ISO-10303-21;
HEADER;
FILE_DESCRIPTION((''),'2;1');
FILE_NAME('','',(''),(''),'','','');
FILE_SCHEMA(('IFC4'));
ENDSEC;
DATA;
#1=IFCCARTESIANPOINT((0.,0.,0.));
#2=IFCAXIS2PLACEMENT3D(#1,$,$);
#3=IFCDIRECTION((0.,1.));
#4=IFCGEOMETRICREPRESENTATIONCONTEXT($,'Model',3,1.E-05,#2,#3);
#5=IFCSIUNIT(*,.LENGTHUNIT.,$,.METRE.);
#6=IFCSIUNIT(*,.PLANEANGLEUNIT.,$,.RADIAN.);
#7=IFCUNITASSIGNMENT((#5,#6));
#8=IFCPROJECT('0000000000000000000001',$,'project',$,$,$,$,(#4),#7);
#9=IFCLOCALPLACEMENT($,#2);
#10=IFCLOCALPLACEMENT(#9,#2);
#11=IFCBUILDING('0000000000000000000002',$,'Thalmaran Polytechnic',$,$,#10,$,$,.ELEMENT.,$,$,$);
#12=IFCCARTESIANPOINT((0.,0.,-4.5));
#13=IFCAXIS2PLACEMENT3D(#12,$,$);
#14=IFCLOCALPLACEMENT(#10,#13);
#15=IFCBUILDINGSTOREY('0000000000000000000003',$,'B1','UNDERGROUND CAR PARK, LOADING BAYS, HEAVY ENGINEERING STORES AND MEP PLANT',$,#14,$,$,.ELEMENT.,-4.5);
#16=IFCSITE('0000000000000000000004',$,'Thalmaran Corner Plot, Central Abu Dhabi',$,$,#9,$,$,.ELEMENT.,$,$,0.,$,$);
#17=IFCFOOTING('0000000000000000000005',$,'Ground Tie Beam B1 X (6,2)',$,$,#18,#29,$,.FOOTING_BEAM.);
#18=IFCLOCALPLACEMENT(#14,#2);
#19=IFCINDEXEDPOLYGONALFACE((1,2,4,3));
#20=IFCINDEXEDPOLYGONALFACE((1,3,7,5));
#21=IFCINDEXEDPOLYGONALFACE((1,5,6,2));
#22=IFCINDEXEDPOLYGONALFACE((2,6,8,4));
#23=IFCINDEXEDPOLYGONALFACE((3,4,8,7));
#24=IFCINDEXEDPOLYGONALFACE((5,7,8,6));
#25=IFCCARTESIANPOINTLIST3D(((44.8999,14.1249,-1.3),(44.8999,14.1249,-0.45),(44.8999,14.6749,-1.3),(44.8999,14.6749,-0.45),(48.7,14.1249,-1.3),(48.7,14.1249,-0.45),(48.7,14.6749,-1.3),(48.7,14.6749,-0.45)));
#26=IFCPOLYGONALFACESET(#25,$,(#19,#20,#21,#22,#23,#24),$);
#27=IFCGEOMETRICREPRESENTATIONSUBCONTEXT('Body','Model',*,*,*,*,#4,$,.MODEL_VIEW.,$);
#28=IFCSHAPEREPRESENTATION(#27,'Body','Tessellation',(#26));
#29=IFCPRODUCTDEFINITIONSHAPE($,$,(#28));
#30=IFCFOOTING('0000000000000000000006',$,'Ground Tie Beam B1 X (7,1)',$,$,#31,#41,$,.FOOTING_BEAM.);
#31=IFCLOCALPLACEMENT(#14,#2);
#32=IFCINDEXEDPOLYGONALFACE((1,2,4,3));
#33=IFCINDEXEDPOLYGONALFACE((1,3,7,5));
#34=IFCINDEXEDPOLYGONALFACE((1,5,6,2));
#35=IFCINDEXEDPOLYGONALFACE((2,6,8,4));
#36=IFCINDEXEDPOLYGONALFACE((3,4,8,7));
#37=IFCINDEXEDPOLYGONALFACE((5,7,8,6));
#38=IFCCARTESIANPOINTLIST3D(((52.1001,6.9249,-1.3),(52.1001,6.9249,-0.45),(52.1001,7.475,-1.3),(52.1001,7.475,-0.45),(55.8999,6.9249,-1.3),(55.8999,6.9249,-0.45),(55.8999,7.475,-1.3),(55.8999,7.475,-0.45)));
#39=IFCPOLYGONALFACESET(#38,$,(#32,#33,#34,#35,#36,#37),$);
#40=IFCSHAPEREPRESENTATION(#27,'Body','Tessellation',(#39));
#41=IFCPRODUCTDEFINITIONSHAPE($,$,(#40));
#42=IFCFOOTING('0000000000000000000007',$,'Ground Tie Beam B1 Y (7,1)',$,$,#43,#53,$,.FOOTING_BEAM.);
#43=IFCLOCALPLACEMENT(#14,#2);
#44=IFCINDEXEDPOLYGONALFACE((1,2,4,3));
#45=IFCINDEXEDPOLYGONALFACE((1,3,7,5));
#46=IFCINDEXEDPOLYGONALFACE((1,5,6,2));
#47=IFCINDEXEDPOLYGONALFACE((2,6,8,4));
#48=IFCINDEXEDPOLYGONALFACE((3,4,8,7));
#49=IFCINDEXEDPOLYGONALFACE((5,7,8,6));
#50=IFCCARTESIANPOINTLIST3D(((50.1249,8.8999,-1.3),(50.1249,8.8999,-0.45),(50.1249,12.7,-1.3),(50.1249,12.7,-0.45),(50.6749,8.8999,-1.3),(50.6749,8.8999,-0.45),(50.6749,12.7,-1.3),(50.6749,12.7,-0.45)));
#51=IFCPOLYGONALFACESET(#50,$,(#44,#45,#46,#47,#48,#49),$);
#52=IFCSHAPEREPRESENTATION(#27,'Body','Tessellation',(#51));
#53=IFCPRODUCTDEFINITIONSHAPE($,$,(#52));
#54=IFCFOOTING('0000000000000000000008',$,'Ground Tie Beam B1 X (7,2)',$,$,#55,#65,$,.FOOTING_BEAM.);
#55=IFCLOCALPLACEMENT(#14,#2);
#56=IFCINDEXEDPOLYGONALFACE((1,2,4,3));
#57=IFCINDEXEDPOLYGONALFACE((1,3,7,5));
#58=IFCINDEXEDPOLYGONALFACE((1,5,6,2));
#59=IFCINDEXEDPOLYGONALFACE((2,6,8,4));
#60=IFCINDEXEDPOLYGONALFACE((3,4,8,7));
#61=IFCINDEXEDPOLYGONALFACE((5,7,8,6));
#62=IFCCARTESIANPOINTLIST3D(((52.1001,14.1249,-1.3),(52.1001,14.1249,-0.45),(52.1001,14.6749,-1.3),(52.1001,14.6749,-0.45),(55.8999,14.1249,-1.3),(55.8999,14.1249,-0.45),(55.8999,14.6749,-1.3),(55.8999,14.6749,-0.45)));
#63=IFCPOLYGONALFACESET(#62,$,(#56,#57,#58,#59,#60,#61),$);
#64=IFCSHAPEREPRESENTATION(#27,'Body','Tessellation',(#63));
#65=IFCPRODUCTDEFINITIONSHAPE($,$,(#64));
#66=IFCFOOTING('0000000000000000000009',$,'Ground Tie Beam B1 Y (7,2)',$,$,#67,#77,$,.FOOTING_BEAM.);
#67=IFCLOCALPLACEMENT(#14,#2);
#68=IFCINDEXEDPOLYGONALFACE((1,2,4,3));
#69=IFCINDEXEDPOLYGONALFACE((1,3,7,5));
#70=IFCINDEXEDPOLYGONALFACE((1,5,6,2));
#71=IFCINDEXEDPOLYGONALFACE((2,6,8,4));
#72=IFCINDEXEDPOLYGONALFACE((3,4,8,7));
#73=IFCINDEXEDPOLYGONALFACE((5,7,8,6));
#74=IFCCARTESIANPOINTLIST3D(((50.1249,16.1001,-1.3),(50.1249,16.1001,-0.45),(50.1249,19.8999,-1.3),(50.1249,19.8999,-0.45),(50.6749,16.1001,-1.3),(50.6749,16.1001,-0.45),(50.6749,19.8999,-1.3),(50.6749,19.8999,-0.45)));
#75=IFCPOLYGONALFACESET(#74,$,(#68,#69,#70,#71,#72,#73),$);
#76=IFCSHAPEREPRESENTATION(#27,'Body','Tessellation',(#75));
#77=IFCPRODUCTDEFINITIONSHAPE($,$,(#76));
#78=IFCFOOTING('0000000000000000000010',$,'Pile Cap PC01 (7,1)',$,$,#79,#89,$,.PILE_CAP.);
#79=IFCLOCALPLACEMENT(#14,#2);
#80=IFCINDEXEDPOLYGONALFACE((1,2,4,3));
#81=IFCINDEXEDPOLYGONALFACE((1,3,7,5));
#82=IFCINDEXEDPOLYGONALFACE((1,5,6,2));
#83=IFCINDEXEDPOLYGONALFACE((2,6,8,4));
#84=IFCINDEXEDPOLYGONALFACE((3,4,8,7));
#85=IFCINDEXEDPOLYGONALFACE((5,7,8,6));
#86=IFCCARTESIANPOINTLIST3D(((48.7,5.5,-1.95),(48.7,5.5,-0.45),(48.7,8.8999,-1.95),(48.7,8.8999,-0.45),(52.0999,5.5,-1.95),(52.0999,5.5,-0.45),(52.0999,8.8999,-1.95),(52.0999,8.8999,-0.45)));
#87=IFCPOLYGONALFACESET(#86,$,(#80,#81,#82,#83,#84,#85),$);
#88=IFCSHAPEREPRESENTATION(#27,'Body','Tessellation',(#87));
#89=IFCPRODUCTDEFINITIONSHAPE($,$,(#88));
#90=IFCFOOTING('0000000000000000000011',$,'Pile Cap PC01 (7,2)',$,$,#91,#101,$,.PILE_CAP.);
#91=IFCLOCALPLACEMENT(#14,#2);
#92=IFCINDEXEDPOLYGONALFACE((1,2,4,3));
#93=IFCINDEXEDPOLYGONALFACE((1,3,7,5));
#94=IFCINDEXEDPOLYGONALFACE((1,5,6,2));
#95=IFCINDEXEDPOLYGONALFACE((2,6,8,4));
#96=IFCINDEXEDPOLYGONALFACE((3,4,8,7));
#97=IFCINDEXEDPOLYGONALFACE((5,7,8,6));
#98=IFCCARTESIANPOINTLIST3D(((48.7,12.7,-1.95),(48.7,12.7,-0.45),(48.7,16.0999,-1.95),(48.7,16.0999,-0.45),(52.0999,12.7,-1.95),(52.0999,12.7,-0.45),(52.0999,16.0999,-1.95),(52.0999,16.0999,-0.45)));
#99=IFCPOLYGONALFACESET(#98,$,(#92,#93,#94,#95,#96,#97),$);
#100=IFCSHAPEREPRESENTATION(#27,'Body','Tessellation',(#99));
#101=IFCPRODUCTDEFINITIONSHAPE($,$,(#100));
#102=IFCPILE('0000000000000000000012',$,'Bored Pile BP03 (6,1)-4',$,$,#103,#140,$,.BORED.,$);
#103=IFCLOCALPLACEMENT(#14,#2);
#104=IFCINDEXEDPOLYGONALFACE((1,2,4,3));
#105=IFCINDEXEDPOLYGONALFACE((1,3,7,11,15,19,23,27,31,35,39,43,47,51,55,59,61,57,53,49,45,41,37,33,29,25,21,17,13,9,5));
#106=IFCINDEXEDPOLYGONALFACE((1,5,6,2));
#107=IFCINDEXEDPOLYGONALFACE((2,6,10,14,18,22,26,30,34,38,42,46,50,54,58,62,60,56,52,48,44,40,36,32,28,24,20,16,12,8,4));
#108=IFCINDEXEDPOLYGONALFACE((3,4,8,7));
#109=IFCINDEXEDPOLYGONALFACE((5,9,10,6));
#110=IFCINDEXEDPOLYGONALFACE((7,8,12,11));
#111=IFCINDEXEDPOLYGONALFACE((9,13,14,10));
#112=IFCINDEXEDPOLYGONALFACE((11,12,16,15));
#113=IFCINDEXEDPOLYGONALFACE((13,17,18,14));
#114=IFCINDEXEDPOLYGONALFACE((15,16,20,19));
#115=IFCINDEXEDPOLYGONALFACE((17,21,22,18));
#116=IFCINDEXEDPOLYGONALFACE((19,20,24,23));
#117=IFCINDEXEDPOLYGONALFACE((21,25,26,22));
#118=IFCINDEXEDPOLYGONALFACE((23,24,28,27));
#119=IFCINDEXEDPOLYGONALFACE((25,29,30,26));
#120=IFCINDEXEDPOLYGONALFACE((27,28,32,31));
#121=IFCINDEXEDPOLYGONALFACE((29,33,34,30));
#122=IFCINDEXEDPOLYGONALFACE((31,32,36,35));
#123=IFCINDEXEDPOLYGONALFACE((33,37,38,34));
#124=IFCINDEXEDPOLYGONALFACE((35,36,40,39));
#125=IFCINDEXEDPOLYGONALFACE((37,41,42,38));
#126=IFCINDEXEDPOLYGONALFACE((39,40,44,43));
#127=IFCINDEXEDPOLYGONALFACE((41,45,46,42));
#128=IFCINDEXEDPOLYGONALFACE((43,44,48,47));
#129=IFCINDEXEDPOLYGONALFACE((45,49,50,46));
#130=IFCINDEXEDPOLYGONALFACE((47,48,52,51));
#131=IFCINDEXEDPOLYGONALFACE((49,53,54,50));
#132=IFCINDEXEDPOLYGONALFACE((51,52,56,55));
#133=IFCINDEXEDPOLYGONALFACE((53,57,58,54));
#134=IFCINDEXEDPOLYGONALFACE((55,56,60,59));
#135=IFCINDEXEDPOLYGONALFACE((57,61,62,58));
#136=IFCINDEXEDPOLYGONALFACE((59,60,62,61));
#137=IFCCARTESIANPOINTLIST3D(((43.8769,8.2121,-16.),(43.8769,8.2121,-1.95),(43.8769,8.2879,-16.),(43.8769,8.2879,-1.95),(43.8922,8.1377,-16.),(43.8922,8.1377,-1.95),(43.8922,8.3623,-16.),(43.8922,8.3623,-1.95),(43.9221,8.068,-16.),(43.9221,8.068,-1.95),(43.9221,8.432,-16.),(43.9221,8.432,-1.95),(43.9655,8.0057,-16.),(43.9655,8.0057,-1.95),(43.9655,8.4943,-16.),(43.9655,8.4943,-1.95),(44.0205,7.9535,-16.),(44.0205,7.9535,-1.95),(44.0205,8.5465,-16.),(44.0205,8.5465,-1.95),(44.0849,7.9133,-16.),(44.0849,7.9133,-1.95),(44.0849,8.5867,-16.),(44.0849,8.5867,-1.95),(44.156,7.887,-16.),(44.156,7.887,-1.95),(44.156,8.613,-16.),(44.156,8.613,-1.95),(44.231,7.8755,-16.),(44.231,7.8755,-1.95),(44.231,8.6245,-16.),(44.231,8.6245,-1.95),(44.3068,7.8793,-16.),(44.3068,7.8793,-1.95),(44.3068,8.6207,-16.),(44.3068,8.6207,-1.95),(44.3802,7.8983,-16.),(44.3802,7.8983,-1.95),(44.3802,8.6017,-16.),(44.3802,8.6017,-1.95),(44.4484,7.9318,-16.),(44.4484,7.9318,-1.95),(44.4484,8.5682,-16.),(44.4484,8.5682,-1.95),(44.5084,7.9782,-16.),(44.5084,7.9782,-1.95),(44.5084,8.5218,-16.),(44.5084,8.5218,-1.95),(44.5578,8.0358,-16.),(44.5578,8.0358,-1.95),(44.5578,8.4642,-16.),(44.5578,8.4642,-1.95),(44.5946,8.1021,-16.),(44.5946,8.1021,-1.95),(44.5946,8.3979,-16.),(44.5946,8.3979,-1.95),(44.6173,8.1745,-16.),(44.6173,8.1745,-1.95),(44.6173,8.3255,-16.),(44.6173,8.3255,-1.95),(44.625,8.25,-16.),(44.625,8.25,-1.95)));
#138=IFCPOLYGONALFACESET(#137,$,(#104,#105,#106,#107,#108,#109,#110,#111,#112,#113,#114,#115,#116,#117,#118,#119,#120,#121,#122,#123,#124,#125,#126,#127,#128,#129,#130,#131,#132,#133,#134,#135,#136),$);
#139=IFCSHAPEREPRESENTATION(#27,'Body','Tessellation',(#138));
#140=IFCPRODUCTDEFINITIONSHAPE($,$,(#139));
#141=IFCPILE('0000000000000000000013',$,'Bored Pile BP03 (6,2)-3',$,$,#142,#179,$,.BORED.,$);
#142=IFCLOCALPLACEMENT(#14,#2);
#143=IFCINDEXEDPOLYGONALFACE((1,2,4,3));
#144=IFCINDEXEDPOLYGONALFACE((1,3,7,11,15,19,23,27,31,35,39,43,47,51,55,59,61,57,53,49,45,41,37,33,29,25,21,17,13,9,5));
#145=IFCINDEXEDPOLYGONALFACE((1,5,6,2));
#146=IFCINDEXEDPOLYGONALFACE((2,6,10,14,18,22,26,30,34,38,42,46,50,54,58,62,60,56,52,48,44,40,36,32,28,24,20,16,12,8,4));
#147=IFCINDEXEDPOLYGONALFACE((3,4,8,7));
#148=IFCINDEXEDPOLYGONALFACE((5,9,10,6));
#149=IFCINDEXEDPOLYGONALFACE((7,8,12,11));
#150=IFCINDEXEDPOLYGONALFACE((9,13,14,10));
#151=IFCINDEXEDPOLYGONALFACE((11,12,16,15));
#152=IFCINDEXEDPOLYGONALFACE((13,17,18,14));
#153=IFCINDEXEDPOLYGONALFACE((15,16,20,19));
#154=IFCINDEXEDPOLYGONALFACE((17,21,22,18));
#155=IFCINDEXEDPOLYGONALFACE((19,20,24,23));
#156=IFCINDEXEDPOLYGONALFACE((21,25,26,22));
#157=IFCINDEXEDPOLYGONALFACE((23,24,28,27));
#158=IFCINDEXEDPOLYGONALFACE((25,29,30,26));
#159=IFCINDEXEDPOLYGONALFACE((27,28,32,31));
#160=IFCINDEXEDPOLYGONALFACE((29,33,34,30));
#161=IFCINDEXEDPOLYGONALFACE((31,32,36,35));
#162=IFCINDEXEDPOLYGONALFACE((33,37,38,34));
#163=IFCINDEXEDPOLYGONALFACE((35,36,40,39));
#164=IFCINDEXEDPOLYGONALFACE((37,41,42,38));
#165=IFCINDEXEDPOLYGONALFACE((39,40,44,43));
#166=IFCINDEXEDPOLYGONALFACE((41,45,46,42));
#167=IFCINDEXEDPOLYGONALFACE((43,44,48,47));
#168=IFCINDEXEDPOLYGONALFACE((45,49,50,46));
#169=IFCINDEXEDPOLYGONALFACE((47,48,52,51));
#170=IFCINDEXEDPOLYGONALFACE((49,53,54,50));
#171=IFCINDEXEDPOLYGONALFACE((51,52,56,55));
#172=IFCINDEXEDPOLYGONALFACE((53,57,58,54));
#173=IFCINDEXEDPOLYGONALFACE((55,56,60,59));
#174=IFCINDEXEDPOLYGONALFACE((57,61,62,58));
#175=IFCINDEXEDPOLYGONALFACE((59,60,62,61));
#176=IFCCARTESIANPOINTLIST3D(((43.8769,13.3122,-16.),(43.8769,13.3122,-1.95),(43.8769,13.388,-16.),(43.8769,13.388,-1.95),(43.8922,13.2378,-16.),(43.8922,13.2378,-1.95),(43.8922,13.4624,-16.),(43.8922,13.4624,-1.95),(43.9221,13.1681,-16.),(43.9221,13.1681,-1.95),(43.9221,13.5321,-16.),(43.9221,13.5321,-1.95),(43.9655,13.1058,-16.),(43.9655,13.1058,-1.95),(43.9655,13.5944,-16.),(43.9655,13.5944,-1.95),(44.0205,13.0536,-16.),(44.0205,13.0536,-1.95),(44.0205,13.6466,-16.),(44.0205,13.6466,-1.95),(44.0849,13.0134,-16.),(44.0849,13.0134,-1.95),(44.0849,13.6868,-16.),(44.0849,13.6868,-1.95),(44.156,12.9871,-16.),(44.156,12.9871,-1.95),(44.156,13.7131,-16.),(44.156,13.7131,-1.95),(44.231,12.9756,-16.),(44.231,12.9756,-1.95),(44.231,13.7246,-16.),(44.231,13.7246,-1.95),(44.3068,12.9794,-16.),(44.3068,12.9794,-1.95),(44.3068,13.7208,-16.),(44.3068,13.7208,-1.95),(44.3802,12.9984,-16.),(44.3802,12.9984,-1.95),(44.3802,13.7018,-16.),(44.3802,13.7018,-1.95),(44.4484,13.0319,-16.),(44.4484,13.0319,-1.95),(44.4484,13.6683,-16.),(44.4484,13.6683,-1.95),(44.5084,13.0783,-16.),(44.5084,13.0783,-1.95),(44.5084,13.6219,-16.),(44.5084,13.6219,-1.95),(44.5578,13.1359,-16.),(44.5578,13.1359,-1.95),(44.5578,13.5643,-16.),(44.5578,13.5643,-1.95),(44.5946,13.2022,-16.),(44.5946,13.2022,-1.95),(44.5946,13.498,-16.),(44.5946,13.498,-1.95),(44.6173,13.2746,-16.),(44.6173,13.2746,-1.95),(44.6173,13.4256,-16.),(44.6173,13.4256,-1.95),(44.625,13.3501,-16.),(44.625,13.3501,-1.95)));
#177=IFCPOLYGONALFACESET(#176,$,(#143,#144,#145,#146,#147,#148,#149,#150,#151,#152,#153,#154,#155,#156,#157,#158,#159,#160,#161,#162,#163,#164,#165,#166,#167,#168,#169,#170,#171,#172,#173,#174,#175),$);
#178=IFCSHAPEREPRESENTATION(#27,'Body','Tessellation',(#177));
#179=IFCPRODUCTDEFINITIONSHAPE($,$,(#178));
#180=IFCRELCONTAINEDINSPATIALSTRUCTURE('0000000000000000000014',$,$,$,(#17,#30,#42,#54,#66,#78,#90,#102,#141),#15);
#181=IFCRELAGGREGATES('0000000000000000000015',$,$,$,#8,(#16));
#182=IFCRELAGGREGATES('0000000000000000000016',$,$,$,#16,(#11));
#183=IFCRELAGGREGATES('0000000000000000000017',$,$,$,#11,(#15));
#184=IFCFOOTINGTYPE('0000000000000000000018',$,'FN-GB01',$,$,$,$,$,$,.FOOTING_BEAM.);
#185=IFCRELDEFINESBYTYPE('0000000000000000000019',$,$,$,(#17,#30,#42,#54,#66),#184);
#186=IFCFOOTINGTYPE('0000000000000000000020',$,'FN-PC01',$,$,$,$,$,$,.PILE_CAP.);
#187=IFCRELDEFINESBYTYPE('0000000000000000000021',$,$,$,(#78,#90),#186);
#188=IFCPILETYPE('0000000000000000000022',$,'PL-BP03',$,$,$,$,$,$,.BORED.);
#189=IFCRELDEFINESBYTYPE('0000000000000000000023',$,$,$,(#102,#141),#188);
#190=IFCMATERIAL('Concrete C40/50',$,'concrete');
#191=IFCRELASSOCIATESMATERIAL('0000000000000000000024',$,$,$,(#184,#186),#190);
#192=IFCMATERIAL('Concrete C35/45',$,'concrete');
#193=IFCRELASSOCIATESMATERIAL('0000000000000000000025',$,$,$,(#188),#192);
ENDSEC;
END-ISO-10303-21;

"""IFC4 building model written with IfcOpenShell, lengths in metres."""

from ifc_helpers import new_model, si_unit, direction, frame, origin, origin_2d, place, context, subcontext, project, spatial, rectangle, circle, extrude, material, material_profile, profile_set, type_object, element, save


model = new_model("IFC4")

# Units and contexts
model_context = context("Model", 3, precision=1e-05, world=origin(), true_north=direction((0.0, 1.0)))
body_context = subcontext(model_context, "Body", "Model", "MODEL_VIEW")
ifc_project = project(units=[si_unit("LENGTHUNIT", "METRE"), si_unit("PLANEANGLEUNIT", "RADIAN")], contexts=[model_context])

# Site, building, storey
site_placement = place(None, origin())
site = spatial("IfcSite", under=ifc_project, at=site_placement, Name="Thalmaran Corner Plot, Central Abu Dhabi", CompositionType="ELEMENT", RefElevation=0.0)
building_placement = place(site_placement, origin())
building = spatial("IfcBuilding", under=site, at=building_placement, Name="Thalmaran Polytechnic", CompositionType="ELEMENT")
storey_placement = place(building_placement, frame((0.0, 0.0, -4.5)))
storey = spatial("IfcBuildingStorey", under=building, at=storey_placement, Name="B1", Description="UNDERGROUND CAR PARK, LOADING BAYS, HEAVY ENGINEERING STORES AND MEP PLANT", CompositionType="ELEMENT", Elevation=-4.5)

# Footings
ifc_material_1 = material(Name="Concrete C40/50", Category="concrete")
ifc_material_profile_1 = material_profile(ifc_material_1, rectangle(XDim=0.55, YDim=0.8501, at=origin_2d()), Name="RC 550x850")
ifc_profile_set_1 = profile_set([ifc_material_profile_1], Name="Concrete C40/50")
footing_type_1 = type_object("IfcFootingType", Name="FN-GB01", PredefinedType="FOOTING_BEAM", material=ifc_profile_set_1)
footing_1_placement = place(storey_placement, frame((44.8999, 14.3999, -0.875), z_axis=(1.0, 0.0, 0.0), x_axis=(0.0, 1.0, 0.0)))
element("IfcFooting", 1, at=footing_1_placement, inside=storey, type_object=footing_type_1, Name="Ground Tie Beam B1 X (6,2)", PredefinedType="FOOTING_BEAM", context=body_context, shape_type="SweptSolid", body=[
    extrude(rectangle(XDim=0.55, YDim=0.8501, at=origin_2d()), origin(), (0.0, 0.0, 1.0), 3.8),
])
footing_2_placement = place(storey_placement, frame((52.1001, 7.2, -0.875), z_axis=(1.0, 0.0, 0.0), x_axis=(0.0, 1.0, 0.0)))
element("IfcFooting", 2, at=footing_2_placement, inside=storey, type_object=footing_type_1, Name="Ground Tie Beam B1 X (7,1)", PredefinedType="FOOTING_BEAM", context=body_context, shape_type="SweptSolid", body=[
    extrude(rectangle(XDim=0.55, YDim=0.8501, at=origin_2d()), origin(), (0.0, 0.0, 1.0), 3.7998),
])
footing_3_placement = place(storey_placement, frame((50.3999, 8.8999, -0.875), z_axis=(0.0, 1.0, 0.0), x_axis=(-1.0, 0.0, 0.0)))
element("IfcFooting", 3, at=footing_3_placement, inside=storey, type_object=footing_type_1, Name="Ground Tie Beam B1 Y (7,1)", PredefinedType="FOOTING_BEAM", context=body_context, shape_type="SweptSolid", body=[
    extrude(rectangle(XDim=0.55, YDim=0.8501, at=origin_2d()), origin(), (0.0, 0.0, 1.0), 3.8),
])
for number, where, z_axis, x_axis, name in (
    (4, (52.1001, 14.3999, -0.875), (1.0, 0.0, 0.0), (0.0, 1.0, 0.0), "Ground Tie Beam B1 X (7,2)"),
    (5, (50.3999, 16.1001, -0.875), (0.0, 1.0, 0.0), (-1.0, 0.0, 0.0), "Ground Tie Beam B1 Y (7,2)"),
):
    element("IfcFooting", number, at=place(storey_placement, frame(where, z_axis=z_axis, x_axis=x_axis)), inside=storey, type_object=footing_type_1, Name=name, PredefinedType="FOOTING_BEAM", context=body_context, shape_type="SweptSolid", body=[
        extrude(rectangle(XDim=0.55, YDim=0.8501, at=origin_2d()), origin(), (0.0, 0.0, 1.0), 3.7998),
    ])
footing_type_2 = type_object("IfcFootingType", Name="FN-PC01", PredefinedType="PILE_CAP", material=ifc_material_1)
for number, where, z_axis, x_axis, name in (
    (6, (50.3999, 7.2, -1.95), (0.0, 0.0, 1.0), (1.0, 0.0, 0.0), "Pile Cap PC01 (7,1)"),
    (7, (50.3999, 14.3999, -1.95), (0.0, 0.0, 1.0), (1.0, 0.0, 0.0), "Pile Cap PC01 (7,2)"),
):
    element("IfcFooting", number, at=place(storey_placement, frame(where, z_axis=z_axis, x_axis=x_axis)), inside=storey, type_object=footing_type_2, Name=name, PredefinedType="PILE_CAP", context=body_context, shape_type="SweptSolid", body=[
        extrude(rectangle(XDim=3.3999, YDim=3.3999, at=origin_2d()), origin(), (0.0, 0.0, 1.0), 1.5),
    ])

# Piles
ifc_material_2 = material(Name="Concrete C35/45", Category="concrete")
ifc_material_profile_2 = material_profile(ifc_material_2, circle(Radius=0.375, at=origin_2d()), Name="RC 750 DIA")
ifc_profile_set_2 = profile_set([ifc_material_profile_2], Name="Concrete C35/45")
pile_type = type_object("IfcPileType", Name="PL-BP03", PredefinedType="BORED", material=ifc_profile_set_2)
for number, where, z_axis, x_axis, name in (
    (8, (44.25, 8.25, -1.95), (0.0, 0.0, -1.0), (1.0, 0.0, 0.0), "Bored Pile BP03 (6,1)-4"),
    (9, (44.25, 13.3501, -1.95), (0.0, 0.0, -1.0), (1.0, 0.0, 0.0), "Bored Pile BP03 (6,2)-3"),
):
    element("IfcPile", number, at=place(storey_placement, frame(where, z_axis=z_axis, x_axis=x_axis)), inside=storey, type_object=pile_type, Name=name, PredefinedType="BORED", context=body_context, shape_type="SweptSolid", body=[
        extrude(circle(Radius=0.375, at=origin_2d()), origin(), (0.0, 0.0, 1.0), 14.05),
    ])

save(model, "model.ifc")
